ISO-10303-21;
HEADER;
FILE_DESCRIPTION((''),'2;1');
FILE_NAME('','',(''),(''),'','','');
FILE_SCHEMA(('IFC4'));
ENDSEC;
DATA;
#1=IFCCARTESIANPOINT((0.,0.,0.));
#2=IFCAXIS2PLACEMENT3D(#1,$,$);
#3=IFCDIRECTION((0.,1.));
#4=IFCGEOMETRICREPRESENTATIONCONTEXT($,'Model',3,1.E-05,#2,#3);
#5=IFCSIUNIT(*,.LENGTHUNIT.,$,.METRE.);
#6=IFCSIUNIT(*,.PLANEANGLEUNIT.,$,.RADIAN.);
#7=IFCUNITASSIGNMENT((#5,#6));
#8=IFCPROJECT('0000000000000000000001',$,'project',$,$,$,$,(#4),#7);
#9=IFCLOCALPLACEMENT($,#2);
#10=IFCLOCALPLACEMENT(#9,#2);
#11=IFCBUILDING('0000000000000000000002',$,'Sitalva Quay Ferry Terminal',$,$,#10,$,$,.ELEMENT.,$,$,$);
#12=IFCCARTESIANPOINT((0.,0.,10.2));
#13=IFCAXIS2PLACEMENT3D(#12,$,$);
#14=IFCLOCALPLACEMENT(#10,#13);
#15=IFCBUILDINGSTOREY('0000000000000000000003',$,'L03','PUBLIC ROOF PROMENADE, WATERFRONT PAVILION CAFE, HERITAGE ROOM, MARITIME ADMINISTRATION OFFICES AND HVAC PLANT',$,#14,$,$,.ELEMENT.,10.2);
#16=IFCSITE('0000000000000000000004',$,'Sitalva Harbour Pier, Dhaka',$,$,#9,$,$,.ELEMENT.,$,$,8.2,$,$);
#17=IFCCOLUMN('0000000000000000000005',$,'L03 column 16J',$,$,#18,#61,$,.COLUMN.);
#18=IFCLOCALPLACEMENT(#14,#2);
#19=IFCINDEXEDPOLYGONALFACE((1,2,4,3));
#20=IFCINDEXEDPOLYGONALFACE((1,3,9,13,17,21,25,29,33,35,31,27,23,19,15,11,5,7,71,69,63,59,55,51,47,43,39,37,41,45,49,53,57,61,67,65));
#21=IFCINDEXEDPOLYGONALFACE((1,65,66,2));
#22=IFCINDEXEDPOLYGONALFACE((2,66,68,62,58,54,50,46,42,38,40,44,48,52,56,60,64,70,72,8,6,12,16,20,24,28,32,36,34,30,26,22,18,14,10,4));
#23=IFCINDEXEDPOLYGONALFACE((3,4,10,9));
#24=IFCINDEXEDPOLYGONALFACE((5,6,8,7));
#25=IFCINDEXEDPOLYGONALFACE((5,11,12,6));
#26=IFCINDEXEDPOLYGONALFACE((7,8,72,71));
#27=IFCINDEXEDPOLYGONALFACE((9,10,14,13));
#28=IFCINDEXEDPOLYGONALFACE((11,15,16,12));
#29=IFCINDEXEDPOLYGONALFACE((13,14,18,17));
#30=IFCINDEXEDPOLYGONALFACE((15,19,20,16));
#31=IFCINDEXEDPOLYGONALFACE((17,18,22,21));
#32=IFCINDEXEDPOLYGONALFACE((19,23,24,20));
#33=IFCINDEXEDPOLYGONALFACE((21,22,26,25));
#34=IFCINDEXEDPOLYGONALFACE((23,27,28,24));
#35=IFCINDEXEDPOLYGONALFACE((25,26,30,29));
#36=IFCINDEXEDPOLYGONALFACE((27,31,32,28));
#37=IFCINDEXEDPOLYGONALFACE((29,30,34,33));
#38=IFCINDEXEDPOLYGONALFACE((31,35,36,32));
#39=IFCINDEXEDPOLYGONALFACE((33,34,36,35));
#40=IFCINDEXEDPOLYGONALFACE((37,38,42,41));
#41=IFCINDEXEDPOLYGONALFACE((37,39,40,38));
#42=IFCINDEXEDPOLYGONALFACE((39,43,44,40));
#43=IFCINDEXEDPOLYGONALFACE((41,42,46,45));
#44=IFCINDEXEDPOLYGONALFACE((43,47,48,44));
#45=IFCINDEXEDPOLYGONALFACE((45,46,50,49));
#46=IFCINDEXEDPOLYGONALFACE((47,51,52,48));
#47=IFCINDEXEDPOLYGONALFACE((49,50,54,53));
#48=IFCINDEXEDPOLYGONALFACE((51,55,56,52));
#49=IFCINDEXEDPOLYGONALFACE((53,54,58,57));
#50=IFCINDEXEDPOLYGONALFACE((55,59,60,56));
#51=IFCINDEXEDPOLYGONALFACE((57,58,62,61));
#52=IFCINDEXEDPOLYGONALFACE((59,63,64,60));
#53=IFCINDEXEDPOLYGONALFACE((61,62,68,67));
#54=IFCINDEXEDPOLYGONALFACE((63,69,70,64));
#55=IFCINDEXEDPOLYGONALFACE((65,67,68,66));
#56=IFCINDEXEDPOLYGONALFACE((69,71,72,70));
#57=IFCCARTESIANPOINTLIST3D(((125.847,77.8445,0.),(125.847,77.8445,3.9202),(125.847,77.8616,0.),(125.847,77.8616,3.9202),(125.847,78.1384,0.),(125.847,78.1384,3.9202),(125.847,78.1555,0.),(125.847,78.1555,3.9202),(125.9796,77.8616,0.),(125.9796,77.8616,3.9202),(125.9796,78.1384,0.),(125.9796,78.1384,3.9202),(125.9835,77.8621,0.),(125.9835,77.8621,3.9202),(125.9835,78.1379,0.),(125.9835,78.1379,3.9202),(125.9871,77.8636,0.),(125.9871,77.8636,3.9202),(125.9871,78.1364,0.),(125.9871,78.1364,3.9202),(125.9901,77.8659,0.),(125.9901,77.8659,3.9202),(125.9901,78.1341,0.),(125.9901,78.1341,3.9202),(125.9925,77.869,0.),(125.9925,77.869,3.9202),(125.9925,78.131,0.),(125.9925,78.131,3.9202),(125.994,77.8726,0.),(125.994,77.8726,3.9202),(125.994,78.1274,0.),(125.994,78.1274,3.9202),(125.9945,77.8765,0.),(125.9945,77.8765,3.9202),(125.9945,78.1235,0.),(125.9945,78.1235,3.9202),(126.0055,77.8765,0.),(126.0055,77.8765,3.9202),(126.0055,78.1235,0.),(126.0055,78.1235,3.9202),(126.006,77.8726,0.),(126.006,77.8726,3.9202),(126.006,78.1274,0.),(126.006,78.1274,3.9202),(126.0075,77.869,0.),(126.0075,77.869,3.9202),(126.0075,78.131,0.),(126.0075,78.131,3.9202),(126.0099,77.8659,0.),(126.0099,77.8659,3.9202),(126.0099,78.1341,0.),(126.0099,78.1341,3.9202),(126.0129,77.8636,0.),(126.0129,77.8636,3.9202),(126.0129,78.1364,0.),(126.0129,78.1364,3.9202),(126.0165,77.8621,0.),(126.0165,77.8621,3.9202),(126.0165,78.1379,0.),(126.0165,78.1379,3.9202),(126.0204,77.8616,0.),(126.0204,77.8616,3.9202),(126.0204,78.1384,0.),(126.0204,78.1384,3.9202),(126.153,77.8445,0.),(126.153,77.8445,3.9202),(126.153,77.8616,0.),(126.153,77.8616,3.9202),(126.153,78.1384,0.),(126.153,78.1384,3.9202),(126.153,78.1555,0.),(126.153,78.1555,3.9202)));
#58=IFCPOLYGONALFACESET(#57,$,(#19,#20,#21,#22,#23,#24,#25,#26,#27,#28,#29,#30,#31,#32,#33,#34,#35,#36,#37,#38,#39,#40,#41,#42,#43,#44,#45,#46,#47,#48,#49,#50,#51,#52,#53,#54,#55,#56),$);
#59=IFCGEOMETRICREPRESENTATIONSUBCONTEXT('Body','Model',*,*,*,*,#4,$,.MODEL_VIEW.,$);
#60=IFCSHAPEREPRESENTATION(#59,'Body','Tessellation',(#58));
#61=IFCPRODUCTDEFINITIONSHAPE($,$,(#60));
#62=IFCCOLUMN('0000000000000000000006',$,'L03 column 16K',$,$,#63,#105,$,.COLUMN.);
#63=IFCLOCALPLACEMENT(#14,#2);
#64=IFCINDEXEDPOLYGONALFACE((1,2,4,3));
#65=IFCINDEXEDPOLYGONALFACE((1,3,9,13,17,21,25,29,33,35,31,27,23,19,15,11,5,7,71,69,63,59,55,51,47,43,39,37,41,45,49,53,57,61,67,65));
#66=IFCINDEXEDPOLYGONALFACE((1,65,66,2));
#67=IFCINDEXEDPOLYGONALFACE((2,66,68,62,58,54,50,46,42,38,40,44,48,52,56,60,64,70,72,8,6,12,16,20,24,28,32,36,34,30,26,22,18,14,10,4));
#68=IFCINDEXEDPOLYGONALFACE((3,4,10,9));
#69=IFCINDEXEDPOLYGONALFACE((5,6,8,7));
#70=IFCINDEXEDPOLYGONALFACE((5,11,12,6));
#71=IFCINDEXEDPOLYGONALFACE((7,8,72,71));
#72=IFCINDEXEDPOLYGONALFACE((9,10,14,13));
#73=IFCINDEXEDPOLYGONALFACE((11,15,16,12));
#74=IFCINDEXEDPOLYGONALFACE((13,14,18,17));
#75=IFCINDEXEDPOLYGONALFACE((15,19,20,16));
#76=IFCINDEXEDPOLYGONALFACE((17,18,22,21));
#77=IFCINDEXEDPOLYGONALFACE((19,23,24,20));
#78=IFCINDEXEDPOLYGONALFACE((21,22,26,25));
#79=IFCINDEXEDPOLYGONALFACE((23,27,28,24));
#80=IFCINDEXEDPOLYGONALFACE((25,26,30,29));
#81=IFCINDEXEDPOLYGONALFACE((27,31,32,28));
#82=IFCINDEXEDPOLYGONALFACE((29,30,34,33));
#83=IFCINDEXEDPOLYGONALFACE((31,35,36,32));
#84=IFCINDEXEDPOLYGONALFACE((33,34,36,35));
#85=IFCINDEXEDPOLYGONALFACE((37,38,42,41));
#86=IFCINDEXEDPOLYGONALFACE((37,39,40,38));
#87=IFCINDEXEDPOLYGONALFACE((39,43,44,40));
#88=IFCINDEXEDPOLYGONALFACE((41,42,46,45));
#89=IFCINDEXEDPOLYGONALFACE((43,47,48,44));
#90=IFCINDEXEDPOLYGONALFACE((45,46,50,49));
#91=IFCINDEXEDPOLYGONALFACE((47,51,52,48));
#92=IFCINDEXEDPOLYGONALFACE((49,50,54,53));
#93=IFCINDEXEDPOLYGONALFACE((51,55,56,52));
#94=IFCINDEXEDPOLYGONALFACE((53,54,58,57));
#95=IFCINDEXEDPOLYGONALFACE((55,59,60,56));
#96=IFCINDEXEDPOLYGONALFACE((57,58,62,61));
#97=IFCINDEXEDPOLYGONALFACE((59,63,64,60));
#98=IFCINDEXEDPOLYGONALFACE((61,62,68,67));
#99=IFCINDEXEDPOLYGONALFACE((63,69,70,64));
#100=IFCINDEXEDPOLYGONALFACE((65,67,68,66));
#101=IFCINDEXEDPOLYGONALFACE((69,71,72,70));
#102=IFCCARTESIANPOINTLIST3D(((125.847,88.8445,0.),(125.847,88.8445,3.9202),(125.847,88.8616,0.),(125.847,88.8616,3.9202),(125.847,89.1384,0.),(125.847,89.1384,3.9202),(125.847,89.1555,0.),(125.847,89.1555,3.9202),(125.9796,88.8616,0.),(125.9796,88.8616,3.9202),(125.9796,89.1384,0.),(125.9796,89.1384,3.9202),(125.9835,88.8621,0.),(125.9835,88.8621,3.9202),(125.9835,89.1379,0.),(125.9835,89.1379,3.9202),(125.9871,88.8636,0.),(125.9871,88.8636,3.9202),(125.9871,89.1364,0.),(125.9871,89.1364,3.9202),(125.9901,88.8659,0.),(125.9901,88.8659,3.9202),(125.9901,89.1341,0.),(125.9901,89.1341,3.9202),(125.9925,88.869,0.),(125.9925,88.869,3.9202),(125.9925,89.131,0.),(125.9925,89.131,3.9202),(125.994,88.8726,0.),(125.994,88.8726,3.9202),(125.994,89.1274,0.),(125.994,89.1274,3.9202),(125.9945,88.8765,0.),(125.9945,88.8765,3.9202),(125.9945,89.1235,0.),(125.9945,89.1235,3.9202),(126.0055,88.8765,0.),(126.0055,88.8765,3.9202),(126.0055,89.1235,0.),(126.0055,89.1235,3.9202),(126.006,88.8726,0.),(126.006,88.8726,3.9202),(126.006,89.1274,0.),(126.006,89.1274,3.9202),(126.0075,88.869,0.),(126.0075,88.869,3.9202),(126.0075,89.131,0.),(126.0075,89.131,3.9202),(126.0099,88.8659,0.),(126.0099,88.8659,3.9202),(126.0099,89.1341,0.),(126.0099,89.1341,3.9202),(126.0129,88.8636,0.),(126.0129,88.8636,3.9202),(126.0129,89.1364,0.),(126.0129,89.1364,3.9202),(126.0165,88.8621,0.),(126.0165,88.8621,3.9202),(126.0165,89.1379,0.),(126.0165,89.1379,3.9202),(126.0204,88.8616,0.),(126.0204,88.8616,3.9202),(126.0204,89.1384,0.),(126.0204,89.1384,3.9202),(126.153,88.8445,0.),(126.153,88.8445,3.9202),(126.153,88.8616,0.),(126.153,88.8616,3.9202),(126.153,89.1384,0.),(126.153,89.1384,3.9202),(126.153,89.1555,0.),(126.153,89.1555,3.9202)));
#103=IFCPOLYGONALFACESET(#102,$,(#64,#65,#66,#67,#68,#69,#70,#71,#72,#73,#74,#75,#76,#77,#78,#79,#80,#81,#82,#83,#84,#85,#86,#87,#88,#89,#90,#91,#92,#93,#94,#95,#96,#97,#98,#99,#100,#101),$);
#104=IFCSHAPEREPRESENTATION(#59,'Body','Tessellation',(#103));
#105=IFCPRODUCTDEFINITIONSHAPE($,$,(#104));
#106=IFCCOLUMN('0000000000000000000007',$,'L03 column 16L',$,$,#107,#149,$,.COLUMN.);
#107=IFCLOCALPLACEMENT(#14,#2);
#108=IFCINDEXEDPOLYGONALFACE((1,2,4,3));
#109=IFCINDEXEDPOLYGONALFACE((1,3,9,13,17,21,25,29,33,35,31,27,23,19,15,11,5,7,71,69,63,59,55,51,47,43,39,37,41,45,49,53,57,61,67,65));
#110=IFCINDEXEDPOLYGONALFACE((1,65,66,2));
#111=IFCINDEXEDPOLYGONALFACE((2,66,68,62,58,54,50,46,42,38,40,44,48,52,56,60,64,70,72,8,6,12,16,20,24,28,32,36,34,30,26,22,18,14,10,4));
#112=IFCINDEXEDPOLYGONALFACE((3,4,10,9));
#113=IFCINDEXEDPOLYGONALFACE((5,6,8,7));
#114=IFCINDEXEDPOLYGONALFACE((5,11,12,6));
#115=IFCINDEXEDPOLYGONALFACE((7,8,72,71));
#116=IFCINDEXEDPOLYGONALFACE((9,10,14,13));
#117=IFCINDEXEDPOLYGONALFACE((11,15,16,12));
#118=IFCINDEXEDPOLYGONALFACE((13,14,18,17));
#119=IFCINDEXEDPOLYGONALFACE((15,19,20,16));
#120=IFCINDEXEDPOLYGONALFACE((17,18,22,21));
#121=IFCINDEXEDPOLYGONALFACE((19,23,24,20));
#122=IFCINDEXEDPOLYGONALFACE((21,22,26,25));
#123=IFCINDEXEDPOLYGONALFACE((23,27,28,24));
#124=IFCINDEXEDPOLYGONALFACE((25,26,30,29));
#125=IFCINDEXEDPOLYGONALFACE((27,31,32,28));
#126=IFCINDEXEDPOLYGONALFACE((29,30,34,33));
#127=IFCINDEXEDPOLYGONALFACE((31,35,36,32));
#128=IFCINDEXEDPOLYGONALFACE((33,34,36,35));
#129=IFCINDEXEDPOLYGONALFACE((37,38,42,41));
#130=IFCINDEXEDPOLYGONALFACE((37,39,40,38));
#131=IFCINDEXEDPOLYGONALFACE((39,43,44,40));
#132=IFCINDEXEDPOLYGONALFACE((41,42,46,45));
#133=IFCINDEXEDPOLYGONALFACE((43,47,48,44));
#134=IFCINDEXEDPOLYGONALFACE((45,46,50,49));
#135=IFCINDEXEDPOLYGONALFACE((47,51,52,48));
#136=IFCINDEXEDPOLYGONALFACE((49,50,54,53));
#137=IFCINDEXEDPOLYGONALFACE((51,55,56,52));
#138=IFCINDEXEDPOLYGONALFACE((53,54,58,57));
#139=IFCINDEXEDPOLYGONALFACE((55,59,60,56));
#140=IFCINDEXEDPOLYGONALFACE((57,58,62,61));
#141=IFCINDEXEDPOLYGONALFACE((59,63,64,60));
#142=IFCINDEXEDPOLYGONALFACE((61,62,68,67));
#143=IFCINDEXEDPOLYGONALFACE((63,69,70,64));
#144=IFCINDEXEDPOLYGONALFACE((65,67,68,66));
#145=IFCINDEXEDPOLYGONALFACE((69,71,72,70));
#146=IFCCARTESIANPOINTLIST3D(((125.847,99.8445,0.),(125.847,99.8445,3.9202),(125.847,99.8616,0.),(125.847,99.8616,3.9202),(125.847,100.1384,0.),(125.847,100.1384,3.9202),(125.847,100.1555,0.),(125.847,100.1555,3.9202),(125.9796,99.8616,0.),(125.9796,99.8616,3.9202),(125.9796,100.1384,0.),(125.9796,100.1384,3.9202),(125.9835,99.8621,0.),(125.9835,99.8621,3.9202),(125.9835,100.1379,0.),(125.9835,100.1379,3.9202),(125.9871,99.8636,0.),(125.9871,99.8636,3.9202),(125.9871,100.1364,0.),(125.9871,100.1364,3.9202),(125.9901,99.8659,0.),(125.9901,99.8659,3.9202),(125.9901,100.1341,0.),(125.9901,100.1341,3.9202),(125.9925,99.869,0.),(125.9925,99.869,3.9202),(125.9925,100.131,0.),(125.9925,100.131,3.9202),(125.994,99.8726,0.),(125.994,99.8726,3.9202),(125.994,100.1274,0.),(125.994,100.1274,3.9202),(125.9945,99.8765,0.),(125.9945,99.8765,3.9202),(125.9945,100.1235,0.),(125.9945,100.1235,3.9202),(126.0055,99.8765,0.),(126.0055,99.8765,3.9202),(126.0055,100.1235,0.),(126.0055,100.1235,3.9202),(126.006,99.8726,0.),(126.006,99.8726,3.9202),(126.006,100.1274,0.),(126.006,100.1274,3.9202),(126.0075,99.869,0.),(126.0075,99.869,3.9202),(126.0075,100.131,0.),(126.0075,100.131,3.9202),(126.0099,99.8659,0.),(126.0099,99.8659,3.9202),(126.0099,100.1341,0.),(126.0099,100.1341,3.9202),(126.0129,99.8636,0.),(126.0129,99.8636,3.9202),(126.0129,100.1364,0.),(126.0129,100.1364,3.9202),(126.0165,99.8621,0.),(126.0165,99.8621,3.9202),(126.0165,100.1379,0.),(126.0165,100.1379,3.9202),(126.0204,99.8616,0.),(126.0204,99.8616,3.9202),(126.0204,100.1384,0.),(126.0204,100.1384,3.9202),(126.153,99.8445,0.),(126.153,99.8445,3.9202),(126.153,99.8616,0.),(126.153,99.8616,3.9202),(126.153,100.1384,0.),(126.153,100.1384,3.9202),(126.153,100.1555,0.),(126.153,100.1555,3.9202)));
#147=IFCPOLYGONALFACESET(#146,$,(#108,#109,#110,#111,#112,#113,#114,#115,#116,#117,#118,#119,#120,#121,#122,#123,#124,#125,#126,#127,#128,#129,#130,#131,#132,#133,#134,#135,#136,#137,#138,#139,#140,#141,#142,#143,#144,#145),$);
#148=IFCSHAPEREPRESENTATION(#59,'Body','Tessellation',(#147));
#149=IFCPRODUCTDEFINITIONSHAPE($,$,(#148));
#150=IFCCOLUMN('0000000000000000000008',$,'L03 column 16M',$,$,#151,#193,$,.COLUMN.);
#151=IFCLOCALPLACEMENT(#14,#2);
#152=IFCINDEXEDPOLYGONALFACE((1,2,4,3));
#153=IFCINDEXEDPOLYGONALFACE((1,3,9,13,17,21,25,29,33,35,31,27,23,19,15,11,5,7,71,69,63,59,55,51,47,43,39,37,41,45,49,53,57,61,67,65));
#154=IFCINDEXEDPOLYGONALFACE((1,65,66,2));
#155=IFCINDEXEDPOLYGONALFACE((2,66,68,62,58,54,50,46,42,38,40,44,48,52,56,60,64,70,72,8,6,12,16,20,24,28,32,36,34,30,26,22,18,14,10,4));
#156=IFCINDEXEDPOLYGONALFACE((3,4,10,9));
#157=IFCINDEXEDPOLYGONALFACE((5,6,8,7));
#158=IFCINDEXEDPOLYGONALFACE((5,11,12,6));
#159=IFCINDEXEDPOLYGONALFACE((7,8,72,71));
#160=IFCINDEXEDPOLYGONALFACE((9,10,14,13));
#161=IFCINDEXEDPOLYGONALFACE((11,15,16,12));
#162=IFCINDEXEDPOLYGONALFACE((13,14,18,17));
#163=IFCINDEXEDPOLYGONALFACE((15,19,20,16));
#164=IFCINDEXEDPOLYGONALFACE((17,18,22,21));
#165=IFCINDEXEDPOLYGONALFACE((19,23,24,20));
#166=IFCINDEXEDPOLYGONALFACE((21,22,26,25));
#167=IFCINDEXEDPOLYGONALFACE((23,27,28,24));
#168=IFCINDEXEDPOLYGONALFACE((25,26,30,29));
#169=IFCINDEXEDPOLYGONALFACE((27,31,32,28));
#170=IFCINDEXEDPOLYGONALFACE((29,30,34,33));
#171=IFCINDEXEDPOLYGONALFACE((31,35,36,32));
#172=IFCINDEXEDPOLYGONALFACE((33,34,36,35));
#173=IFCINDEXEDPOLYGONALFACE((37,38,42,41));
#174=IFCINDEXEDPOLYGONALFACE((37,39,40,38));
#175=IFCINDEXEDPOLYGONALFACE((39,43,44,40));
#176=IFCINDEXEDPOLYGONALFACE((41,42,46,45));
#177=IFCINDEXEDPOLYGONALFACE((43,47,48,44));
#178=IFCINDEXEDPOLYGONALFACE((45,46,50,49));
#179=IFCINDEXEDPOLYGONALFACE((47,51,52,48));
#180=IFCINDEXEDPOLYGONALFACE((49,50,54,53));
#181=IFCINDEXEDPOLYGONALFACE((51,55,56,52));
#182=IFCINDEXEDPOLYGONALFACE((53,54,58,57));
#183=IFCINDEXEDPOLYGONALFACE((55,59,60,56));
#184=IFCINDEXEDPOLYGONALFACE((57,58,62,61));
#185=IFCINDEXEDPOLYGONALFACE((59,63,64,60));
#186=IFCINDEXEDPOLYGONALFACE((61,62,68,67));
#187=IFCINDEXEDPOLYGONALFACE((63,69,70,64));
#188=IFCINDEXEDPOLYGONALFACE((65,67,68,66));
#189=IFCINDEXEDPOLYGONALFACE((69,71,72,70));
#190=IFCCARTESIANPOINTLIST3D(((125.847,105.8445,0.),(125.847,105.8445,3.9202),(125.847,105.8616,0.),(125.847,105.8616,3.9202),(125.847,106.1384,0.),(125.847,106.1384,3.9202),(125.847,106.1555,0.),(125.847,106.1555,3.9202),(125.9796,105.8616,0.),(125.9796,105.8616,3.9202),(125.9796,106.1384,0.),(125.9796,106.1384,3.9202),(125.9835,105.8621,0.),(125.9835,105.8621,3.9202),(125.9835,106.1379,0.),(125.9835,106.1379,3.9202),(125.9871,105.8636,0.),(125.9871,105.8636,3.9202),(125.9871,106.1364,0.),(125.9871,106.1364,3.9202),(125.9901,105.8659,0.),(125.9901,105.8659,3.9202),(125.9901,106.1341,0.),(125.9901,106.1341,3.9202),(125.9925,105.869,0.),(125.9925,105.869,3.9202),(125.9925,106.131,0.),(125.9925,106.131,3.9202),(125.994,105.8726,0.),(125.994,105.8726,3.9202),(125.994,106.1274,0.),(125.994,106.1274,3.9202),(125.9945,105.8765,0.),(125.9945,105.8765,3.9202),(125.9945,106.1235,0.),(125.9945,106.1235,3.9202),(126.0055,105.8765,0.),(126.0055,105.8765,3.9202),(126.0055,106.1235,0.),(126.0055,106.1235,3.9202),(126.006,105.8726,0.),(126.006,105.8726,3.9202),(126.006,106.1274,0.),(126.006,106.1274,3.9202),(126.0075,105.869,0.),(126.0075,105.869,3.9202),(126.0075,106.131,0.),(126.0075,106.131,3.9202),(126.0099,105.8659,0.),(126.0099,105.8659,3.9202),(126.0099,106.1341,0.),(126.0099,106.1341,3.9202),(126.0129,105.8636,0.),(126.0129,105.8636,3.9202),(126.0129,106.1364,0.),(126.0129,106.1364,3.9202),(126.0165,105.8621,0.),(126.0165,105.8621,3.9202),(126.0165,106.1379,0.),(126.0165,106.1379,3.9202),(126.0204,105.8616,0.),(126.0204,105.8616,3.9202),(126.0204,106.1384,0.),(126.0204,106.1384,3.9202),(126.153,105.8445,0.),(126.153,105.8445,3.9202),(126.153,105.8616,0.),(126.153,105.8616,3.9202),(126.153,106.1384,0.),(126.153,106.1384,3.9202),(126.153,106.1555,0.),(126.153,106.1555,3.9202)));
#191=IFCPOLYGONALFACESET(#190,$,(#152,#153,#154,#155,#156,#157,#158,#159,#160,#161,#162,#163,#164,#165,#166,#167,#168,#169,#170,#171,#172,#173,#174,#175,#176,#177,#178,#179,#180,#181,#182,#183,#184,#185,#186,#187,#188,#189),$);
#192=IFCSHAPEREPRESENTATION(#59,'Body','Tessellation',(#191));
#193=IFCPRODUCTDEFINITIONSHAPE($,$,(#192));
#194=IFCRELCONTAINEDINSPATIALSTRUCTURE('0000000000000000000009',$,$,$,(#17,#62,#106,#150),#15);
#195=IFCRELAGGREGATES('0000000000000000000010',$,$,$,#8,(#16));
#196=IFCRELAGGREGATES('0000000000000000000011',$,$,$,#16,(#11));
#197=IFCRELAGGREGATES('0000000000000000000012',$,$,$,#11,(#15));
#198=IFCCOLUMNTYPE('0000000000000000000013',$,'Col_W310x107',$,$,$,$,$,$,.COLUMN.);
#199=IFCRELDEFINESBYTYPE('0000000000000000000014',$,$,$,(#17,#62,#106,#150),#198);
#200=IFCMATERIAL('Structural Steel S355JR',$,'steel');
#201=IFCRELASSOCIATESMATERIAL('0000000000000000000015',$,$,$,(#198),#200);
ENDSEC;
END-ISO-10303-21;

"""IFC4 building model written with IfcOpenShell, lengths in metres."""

from ifc_helpers import new_model, si_unit, direction, frame, origin, origin_2d, place, context, subcontext, project, spatial, i_section, extrude, material, material_profile, profile_set, type_object, element, save


model = new_model("IFC4")

# Units and contexts
model_context = context("Model", 3, precision=1e-05, world=origin(), true_north=direction((0.0, 1.0)))
body_context = subcontext(model_context, "Body", "Model", "MODEL_VIEW")
ifc_project = project(units=[si_unit("LENGTHUNIT", "METRE"), si_unit("PLANEANGLEUNIT", "RADIAN")], contexts=[model_context])

# Site, building, storey
site_placement = place(None, origin())
site = spatial("IfcSite", under=ifc_project, at=site_placement, Name="Sitalva Harbour Pier, Dhaka", CompositionType="ELEMENT", RefElevation=8.2)
building_placement = place(site_placement, origin())
building = spatial("IfcBuilding", under=site, at=building_placement, Name="Sitalva Quay Ferry Terminal", CompositionType="ELEMENT")
storey_placement = place(building_placement, frame((0.0, 0.0, 10.2)))
storey = spatial("IfcBuildingStorey", under=building, at=storey_placement, Name="L03", Description="PUBLIC ROOF PROMENADE, WATERFRONT PAVILION CAFE, HERITAGE ROOM, MARITIME ADMINISTRATION OFFICES AND HVAC PLANT", CompositionType="ELEMENT", Elevation=10.2)

# Columns
ifc_material_1 = material(Name="Structural Steel S355JR", Category="steel")
ifc_material_profile_1 = material_profile(ifc_material_1, i_section(OverallWidth=0.3059, OverallDepth=0.311, WebThickness=0.011, FlangeThickness=0.0171, FilletRadius=0.0149, at=origin_2d()), Name="W310x107")
ifc_profile_set_1 = profile_set([ifc_material_profile_1], Name="Structural Steel S355JR")
column_type = type_object("IfcColumnType", Name="Col_W310x107", PredefinedType="COLUMN", material=ifc_profile_set_1)
for number, where, z_axis, x_axis, name in (
    (1, (126.0, 78.0, 0.0), (0.0, 0.0, 1.0), (1.0, 0.0, 0.0), "L03 column 16J"),
    (2, (126.0, 89.0, 0.0), (0.0, 0.0, 1.0), (1.0, 0.0, 0.0), "L03 column 16K"),
    (3, (126.0, 100.0, 0.0), (0.0, 0.0, 1.0), (1.0, 0.0, 0.0), "L03 column 16L"),
    (4, (126.0, 106.0, 0.0), (0.0, 0.0, 1.0), (1.0, 0.0, 0.0), "L03 column 16M"),
):
    element("IfcColumn", number, at=place(storey_placement, frame(where, z_axis=z_axis, x_axis=x_axis)), inside=storey, type_object=column_type, Name=name, PredefinedType="COLUMN", context=body_context, shape_type="SweptSolid", body=[
        extrude(i_section(OverallWidth=0.3059, OverallDepth=0.311, WebThickness=0.011, FlangeThickness=0.0171, FilletRadius=0.0149, at=origin_2d()), origin(), (0.0, 0.0, 1.0), 3.9202),
    ])

save(model, "model.ifc")
